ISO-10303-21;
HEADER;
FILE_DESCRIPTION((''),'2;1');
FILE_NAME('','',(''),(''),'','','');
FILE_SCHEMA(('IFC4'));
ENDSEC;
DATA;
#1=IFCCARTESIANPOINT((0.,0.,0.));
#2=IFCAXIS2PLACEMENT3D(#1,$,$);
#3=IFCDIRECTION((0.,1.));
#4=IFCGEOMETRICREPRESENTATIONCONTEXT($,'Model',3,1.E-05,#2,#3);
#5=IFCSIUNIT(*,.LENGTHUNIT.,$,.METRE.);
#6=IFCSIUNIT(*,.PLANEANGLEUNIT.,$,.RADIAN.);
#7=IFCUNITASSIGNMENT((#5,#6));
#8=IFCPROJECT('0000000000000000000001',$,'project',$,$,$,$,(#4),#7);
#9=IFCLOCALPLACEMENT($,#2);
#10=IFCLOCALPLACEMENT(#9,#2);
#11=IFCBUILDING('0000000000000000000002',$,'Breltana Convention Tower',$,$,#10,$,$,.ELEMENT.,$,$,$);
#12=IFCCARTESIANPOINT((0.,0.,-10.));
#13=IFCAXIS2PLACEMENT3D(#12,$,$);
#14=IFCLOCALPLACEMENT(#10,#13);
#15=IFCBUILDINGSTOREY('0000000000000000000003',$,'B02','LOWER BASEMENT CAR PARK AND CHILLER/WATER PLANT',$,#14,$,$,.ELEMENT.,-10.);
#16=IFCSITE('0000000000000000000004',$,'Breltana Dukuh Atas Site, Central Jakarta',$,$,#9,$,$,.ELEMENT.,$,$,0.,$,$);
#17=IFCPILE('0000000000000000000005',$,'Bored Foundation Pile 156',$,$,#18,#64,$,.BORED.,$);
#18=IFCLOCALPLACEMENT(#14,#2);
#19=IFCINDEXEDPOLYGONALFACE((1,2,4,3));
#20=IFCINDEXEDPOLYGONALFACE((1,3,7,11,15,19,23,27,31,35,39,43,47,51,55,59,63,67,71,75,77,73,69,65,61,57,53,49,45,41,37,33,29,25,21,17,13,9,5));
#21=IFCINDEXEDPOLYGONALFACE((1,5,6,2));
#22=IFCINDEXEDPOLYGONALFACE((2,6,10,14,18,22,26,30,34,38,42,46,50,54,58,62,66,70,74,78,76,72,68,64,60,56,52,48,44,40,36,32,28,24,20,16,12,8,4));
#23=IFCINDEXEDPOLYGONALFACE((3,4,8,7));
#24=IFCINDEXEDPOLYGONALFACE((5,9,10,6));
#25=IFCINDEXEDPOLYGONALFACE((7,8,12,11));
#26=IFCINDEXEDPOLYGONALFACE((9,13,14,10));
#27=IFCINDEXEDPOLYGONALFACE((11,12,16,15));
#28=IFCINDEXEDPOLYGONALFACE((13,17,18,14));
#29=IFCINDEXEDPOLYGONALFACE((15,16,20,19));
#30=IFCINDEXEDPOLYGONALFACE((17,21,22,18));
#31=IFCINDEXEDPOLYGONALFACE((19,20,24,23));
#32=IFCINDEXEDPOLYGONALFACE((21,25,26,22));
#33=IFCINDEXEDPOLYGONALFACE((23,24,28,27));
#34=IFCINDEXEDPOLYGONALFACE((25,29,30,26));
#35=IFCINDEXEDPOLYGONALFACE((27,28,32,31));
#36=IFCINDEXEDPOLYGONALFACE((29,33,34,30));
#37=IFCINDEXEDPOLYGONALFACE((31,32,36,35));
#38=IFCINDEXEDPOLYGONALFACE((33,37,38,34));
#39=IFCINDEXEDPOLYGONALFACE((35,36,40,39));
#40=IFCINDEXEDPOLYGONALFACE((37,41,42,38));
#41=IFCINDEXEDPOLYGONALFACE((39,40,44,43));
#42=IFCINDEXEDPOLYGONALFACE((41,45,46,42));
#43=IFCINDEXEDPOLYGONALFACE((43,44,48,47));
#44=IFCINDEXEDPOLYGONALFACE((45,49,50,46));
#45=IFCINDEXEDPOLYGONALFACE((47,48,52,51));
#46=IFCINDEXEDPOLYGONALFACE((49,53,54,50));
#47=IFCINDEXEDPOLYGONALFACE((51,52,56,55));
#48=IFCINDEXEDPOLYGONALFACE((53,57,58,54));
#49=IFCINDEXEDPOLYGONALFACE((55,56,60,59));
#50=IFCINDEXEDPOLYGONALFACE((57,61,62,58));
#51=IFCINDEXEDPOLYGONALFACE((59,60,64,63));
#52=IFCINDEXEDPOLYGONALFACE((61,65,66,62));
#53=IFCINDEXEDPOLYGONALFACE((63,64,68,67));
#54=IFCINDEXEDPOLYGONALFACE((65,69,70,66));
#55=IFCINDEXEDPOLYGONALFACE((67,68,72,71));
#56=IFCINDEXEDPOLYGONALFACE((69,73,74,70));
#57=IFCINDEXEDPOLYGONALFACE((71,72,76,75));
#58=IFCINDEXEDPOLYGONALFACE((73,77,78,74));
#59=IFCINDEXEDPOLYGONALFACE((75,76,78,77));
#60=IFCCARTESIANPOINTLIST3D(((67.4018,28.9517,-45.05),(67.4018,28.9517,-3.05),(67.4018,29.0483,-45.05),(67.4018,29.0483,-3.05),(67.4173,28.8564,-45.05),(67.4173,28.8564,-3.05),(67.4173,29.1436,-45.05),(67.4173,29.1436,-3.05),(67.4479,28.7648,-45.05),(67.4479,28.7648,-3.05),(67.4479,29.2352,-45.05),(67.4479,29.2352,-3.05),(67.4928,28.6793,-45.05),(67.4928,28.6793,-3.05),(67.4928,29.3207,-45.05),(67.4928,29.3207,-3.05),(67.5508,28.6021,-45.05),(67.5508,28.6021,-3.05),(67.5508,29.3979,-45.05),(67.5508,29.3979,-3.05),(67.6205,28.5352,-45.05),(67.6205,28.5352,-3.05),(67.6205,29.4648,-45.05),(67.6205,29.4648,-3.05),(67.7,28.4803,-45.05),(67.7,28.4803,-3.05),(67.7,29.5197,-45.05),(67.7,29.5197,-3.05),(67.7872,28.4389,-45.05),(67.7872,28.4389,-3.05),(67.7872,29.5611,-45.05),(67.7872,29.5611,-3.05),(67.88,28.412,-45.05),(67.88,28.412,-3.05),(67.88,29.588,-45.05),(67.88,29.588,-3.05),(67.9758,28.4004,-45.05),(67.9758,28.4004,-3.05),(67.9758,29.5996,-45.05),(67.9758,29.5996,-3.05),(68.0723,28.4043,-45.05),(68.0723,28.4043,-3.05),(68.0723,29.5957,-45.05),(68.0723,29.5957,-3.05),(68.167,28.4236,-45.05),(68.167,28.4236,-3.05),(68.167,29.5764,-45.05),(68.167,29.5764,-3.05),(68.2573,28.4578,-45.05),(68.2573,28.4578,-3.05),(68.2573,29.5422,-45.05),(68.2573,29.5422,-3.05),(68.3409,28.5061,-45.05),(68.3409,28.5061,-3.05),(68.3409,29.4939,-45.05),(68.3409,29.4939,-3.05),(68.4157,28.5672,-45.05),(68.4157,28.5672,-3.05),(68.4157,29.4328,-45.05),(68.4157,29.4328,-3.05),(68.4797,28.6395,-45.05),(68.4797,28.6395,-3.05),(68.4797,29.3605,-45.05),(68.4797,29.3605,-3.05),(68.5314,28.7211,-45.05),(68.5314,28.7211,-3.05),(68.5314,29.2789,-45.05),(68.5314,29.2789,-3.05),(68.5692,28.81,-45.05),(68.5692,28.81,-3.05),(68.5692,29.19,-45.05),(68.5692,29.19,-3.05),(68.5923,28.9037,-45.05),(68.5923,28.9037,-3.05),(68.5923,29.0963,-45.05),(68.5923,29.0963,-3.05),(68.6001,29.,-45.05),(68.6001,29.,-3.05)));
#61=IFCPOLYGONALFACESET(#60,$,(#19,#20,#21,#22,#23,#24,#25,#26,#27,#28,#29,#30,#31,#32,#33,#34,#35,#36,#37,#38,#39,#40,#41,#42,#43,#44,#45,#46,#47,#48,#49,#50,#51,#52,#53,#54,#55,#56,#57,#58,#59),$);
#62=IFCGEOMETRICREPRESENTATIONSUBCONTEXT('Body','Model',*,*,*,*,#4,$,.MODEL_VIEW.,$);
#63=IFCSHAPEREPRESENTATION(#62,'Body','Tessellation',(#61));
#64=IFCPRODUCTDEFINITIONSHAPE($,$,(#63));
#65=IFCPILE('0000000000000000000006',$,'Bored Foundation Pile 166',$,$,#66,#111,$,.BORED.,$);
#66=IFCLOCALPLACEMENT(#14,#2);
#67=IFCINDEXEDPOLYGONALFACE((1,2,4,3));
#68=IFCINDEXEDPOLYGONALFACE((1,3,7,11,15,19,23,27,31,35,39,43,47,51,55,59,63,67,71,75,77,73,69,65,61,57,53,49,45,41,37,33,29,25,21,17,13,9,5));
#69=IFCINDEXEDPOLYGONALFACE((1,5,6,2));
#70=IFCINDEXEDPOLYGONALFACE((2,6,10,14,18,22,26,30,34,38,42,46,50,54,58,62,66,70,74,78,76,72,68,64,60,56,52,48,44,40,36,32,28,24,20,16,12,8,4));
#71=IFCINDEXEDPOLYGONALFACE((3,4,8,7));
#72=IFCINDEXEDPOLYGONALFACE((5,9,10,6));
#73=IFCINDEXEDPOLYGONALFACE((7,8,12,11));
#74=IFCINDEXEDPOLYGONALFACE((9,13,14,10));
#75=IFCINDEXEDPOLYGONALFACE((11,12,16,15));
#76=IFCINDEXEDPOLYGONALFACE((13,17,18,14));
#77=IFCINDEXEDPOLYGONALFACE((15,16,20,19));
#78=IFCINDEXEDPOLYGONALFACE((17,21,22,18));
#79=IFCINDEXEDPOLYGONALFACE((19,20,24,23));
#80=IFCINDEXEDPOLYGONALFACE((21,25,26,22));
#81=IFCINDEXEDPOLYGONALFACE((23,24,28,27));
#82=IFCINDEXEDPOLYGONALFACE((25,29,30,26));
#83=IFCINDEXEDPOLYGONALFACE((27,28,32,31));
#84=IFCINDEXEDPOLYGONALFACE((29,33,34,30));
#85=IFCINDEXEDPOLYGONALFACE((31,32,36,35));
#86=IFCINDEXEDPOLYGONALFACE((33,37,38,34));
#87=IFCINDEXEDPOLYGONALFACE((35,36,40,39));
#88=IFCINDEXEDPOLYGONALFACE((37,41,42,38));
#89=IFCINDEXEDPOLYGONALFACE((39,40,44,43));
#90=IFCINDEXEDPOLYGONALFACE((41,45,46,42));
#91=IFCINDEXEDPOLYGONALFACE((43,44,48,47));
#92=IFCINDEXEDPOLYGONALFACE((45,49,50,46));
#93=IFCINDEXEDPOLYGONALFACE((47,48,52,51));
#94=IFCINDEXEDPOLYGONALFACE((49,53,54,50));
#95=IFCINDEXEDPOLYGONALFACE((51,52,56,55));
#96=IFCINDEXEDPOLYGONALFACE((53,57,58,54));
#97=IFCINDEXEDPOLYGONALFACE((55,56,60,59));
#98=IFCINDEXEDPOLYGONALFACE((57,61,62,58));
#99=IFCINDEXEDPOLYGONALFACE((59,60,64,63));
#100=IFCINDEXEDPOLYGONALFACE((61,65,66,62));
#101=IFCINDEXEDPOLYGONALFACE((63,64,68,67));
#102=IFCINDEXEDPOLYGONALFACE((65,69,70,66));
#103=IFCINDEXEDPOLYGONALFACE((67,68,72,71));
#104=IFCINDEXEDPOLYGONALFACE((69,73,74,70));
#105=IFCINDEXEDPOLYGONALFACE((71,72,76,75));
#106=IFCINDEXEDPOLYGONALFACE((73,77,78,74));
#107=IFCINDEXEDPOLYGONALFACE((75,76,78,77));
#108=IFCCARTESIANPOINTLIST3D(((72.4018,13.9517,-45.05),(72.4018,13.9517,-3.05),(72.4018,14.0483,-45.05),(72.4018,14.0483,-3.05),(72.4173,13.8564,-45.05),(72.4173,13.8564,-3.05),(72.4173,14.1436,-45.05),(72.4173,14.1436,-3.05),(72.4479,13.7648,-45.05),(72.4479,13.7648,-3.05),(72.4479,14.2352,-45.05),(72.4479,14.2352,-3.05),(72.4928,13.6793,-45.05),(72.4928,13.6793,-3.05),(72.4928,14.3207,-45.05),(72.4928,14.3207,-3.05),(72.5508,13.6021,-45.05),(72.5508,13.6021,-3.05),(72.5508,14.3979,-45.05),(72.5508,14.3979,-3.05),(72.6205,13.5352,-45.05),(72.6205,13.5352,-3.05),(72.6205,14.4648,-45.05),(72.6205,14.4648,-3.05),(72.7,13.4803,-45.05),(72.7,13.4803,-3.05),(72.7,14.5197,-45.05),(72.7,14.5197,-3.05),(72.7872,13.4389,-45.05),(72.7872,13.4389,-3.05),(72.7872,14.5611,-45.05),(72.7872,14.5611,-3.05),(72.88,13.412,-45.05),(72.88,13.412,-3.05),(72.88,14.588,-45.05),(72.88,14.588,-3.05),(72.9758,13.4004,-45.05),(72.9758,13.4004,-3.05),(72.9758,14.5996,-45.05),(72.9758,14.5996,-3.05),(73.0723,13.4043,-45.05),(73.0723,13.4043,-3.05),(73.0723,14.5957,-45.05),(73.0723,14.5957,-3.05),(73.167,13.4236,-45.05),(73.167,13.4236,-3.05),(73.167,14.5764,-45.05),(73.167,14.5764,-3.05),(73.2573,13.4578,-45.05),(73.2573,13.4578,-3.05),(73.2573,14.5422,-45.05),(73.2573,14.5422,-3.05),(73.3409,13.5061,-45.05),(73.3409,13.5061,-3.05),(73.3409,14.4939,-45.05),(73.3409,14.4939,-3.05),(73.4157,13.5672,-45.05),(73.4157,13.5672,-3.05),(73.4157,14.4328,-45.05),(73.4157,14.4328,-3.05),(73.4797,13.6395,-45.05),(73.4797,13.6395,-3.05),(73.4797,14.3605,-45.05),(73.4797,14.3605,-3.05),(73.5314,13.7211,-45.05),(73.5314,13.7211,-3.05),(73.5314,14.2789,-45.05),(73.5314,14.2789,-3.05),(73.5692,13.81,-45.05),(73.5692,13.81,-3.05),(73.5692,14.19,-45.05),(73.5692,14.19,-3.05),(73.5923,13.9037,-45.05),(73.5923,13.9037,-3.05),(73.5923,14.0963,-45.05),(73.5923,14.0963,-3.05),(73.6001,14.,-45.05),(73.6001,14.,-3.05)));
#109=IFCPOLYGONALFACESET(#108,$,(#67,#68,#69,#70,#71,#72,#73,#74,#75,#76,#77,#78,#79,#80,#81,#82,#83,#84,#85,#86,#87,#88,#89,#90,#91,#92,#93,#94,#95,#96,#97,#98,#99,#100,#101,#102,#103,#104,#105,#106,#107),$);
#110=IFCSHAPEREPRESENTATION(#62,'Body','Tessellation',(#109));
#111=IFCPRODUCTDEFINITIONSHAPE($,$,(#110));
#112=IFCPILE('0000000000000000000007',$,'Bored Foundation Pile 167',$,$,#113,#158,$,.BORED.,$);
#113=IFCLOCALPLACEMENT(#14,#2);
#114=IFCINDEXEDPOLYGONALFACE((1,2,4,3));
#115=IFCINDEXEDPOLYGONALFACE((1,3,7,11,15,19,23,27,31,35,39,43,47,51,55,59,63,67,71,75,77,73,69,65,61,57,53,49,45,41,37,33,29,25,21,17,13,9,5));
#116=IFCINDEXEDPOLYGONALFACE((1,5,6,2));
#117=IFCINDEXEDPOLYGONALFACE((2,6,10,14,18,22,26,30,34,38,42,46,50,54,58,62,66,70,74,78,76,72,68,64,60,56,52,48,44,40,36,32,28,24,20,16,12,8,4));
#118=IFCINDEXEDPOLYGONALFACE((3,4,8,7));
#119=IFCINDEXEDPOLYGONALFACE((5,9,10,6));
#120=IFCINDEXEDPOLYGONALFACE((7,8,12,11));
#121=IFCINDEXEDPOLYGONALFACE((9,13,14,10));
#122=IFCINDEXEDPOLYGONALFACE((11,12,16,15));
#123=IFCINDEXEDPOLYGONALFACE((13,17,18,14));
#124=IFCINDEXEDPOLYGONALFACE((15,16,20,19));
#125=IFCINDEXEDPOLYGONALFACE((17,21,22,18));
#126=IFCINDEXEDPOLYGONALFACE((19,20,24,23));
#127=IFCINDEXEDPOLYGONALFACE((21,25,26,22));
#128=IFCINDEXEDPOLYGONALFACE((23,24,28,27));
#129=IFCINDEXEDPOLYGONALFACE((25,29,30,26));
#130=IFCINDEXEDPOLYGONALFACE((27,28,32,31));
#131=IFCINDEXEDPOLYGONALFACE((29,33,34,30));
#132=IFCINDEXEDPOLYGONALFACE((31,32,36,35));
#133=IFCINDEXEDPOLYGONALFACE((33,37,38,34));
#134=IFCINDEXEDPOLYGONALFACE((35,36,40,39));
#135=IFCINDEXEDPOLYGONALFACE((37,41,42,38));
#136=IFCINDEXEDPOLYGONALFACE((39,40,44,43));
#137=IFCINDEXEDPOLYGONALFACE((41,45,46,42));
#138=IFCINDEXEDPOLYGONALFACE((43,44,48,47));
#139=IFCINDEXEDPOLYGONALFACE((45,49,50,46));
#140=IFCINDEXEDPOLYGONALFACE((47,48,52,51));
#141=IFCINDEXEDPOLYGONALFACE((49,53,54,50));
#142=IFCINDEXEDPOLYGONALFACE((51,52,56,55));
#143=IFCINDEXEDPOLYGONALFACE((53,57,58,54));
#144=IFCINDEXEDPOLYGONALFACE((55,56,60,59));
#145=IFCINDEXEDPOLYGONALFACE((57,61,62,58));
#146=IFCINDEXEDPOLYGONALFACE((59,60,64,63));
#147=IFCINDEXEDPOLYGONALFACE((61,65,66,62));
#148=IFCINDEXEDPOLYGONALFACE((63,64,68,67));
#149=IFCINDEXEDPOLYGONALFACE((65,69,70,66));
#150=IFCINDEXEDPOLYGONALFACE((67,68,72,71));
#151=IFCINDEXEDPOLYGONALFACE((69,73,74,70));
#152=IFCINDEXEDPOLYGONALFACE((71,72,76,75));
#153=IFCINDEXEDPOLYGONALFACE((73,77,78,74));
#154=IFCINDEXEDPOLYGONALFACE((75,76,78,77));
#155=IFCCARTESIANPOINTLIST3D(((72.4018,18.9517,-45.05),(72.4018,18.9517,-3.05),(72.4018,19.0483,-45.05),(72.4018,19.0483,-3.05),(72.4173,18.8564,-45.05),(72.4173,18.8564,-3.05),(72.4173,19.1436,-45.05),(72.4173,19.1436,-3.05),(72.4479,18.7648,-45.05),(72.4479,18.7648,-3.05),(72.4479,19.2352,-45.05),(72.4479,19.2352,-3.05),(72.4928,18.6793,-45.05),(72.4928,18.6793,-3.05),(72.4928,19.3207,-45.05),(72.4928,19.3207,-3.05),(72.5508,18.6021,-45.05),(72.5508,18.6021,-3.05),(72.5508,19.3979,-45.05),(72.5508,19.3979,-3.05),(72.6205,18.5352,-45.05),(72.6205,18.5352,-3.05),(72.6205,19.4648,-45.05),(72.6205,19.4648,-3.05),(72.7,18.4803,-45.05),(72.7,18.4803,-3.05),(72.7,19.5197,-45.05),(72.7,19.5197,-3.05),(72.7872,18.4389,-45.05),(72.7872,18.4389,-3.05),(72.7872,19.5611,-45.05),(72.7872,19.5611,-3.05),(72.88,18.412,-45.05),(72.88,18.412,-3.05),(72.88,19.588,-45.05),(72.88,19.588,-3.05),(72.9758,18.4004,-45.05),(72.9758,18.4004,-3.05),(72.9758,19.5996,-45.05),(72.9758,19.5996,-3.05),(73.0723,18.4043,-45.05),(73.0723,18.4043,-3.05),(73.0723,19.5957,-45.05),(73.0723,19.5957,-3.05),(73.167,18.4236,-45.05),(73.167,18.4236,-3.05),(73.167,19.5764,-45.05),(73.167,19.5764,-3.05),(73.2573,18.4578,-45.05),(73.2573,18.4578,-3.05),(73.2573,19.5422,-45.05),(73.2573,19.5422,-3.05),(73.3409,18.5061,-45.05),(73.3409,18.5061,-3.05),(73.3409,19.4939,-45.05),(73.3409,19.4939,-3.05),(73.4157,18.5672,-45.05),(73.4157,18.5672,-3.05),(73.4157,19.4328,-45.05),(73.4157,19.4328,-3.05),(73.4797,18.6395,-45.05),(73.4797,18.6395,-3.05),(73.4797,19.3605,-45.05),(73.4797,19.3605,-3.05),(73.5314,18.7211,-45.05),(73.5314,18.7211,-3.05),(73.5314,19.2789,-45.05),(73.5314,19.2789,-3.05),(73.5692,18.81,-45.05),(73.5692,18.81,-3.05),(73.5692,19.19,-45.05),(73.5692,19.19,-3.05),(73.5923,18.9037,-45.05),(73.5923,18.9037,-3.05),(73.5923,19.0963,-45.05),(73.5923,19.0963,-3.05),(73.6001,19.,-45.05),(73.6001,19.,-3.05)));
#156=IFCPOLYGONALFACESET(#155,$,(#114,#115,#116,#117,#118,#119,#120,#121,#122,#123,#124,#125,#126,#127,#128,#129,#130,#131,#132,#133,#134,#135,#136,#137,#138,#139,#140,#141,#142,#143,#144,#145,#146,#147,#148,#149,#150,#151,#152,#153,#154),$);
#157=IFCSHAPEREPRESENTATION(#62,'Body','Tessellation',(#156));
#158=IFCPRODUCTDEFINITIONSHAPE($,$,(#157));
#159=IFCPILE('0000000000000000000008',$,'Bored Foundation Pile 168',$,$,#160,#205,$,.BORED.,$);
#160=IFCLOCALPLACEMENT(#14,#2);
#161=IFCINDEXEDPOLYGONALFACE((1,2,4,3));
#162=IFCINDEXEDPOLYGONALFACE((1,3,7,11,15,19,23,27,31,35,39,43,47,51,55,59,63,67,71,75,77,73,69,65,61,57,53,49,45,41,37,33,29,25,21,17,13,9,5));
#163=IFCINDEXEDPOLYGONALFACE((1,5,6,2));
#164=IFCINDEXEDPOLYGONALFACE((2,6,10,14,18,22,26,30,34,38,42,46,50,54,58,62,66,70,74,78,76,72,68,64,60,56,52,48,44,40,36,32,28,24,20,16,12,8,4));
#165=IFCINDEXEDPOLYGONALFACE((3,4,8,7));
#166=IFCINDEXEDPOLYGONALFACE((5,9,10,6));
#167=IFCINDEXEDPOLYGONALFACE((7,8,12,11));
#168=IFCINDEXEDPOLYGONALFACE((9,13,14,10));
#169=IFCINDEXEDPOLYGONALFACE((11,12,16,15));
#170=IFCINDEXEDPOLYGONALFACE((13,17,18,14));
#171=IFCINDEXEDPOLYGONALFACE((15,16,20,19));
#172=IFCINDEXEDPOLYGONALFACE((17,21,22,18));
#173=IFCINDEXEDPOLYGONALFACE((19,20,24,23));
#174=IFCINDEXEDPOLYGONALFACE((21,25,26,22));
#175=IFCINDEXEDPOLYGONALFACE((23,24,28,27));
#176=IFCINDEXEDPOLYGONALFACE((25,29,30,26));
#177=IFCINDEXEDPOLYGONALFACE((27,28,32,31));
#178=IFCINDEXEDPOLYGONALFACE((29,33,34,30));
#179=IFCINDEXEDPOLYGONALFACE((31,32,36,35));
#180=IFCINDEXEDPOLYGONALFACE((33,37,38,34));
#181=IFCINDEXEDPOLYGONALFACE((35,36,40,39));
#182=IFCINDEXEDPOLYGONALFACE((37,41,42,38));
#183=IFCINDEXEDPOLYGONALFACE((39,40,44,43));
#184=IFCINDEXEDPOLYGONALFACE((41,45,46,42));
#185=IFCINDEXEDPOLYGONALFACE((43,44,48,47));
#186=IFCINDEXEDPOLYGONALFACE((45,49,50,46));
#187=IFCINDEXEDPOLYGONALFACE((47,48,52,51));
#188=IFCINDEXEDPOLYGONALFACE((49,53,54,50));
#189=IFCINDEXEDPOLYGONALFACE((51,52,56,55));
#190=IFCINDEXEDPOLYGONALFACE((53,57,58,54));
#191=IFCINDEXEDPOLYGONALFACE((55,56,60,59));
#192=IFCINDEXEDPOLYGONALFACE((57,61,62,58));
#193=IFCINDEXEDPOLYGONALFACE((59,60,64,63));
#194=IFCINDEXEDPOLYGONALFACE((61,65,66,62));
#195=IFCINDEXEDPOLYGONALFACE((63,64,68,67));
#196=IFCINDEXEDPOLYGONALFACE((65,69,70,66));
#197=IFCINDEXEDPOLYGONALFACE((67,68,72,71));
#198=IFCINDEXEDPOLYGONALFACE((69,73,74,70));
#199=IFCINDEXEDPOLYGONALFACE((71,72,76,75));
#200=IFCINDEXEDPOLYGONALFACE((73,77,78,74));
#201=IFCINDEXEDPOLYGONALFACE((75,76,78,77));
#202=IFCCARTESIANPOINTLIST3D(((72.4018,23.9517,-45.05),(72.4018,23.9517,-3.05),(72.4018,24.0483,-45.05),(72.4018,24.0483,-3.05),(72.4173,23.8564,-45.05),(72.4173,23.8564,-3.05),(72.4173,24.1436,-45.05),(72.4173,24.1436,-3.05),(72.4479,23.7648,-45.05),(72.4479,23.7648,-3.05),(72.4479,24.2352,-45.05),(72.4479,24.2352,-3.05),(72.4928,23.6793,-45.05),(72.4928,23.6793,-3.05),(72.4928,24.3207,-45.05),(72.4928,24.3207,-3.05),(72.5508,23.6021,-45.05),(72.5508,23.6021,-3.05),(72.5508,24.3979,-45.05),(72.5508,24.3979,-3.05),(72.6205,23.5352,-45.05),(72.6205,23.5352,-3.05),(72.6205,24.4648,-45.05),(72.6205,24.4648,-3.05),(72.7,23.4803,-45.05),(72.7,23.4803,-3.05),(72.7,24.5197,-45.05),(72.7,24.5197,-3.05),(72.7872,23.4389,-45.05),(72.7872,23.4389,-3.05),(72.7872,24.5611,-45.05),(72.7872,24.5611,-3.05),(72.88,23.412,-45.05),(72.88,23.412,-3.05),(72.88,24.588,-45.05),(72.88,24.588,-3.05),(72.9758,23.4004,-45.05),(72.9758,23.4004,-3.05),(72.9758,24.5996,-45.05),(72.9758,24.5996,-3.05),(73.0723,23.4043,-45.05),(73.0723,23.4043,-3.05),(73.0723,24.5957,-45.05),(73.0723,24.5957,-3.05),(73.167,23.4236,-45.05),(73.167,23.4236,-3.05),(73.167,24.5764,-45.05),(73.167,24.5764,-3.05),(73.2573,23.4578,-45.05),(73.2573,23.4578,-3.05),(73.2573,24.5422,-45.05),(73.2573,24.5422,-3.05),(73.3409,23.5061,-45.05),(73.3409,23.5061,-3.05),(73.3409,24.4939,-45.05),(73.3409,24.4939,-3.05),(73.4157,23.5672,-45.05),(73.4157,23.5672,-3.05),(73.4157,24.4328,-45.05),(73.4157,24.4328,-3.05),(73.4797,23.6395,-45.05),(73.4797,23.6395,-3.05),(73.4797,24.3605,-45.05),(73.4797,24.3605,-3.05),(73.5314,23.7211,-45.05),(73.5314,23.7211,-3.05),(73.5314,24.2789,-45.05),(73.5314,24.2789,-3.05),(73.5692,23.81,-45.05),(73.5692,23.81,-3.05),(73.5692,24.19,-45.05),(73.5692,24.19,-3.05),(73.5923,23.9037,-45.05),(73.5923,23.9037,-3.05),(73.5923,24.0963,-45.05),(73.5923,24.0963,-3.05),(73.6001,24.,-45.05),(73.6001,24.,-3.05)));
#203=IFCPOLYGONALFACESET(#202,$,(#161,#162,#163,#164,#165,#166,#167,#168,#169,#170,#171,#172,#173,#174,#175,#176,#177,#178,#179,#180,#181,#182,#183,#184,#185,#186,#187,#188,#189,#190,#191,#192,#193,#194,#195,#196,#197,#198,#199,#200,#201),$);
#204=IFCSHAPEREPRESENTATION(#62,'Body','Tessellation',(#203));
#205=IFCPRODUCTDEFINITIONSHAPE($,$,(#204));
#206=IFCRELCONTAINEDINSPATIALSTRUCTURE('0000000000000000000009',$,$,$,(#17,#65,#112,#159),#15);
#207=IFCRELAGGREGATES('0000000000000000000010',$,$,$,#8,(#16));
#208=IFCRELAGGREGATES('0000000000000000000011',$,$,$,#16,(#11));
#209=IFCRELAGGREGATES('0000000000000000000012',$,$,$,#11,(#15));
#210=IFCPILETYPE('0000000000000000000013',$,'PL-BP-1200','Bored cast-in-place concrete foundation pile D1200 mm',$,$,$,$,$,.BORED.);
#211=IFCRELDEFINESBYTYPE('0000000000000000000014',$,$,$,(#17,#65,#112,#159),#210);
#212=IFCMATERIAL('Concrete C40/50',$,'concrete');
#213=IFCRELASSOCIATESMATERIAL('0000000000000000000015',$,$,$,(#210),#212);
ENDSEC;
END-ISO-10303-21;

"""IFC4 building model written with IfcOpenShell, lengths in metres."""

from ifc_helpers import new_model, si_unit, direction, frame, origin, origin_2d, place, context, subcontext, project, spatial, circle, extrude, source, transform, mapped, material, material_profile, profile_set, type_object, type_shapes, element, save


model = new_model("IFC4")

# Units and contexts
model_context = context("Model", 3, precision=1e-05, world=origin(), true_north=direction((0.0, 1.0)))
body_context = subcontext(model_context, "Body", "Model", "MODEL_VIEW")
ifc_project = project(units=[si_unit("LENGTHUNIT", "METRE"), si_unit("PLANEANGLEUNIT", "RADIAN")], contexts=[model_context])

# Site, building, storey
site_placement = place(None, origin())
site = spatial("IfcSite", under=ifc_project, at=site_placement, Name="Breltana Dukuh Atas Site, Central Jakarta", CompositionType="ELEMENT", RefElevation=0.0)
building_placement = place(site_placement, origin())
building = spatial("IfcBuilding", under=site, at=building_placement, Name="Breltana Convention Tower", CompositionType="ELEMENT")
storey_placement = place(building_placement, frame((0.0, 0.0, -10.0)))
storey = spatial("IfcBuildingStorey", under=building, at=storey_placement, Name="B02", Description="LOWER BASEMENT CAR PARK AND CHILLER/WATER PLANT", CompositionType="ELEMENT", Elevation=-10.0)

# Piles
ifc_material_1 = material(Name="Concrete C40/50", Category="concrete")
ifc_material_profile_1 = material_profile(ifc_material_1, circle(Radius=0.6001, at=origin_2d()), Name="BP-D1200")
ifc_profile_set_1 = profile_set([ifc_material_profile_1], Name="Concrete C40/50")
pile_type_1 = type_object("IfcPileType", Name="PL-BP-1200", Description="Bored cast-in-place concrete foundation pile D1200 mm", PredefinedType="BORED", material=ifc_profile_set_1)
shared_shape_1 = source(origin(), body_context, "Body", "SweptSolid", [
    extrude(circle(Radius=0.6001, at=origin_2d()), origin(), (0.0, 0.0, 1.0), 42.0),
])
type_shapes(pile_type_1, [shared_shape_1])
for number, where, z_axis, x_axis, name in (
    (1, (68.0, 29.0, -3.05), (0.0, 0.0, -1.0), (1.0, 0.0, 0.0), "Bored Foundation Pile 156"),
    (2, (73.0, 14.0, -3.05), (0.0, 0.0, -1.0), (1.0, 0.0, 0.0), "Bored Foundation Pile 166"),
    (3, (73.0, 19.0, -3.05), (0.0, 0.0, -1.0), (1.0, 0.0, 0.0), "Bored Foundation Pile 167"),
    (4, (73.0, 24.0, -3.05), (0.0, 0.0, -1.0), (1.0, 0.0, 0.0), "Bored Foundation Pile 168"),
):
    element("IfcPile", number, at=place(storey_placement, frame(where, z_axis=z_axis, x_axis=x_axis)), inside=storey, type_object=pile_type_1, Name=name, PredefinedType="BORED", context=body_context, shape_type="MappedRepresentation", body=[
        mapped(shared_shape_1, transform((0.0, 0.0, 0.0), scale=1.0)),
    ])

save(model, "model.ifc")
